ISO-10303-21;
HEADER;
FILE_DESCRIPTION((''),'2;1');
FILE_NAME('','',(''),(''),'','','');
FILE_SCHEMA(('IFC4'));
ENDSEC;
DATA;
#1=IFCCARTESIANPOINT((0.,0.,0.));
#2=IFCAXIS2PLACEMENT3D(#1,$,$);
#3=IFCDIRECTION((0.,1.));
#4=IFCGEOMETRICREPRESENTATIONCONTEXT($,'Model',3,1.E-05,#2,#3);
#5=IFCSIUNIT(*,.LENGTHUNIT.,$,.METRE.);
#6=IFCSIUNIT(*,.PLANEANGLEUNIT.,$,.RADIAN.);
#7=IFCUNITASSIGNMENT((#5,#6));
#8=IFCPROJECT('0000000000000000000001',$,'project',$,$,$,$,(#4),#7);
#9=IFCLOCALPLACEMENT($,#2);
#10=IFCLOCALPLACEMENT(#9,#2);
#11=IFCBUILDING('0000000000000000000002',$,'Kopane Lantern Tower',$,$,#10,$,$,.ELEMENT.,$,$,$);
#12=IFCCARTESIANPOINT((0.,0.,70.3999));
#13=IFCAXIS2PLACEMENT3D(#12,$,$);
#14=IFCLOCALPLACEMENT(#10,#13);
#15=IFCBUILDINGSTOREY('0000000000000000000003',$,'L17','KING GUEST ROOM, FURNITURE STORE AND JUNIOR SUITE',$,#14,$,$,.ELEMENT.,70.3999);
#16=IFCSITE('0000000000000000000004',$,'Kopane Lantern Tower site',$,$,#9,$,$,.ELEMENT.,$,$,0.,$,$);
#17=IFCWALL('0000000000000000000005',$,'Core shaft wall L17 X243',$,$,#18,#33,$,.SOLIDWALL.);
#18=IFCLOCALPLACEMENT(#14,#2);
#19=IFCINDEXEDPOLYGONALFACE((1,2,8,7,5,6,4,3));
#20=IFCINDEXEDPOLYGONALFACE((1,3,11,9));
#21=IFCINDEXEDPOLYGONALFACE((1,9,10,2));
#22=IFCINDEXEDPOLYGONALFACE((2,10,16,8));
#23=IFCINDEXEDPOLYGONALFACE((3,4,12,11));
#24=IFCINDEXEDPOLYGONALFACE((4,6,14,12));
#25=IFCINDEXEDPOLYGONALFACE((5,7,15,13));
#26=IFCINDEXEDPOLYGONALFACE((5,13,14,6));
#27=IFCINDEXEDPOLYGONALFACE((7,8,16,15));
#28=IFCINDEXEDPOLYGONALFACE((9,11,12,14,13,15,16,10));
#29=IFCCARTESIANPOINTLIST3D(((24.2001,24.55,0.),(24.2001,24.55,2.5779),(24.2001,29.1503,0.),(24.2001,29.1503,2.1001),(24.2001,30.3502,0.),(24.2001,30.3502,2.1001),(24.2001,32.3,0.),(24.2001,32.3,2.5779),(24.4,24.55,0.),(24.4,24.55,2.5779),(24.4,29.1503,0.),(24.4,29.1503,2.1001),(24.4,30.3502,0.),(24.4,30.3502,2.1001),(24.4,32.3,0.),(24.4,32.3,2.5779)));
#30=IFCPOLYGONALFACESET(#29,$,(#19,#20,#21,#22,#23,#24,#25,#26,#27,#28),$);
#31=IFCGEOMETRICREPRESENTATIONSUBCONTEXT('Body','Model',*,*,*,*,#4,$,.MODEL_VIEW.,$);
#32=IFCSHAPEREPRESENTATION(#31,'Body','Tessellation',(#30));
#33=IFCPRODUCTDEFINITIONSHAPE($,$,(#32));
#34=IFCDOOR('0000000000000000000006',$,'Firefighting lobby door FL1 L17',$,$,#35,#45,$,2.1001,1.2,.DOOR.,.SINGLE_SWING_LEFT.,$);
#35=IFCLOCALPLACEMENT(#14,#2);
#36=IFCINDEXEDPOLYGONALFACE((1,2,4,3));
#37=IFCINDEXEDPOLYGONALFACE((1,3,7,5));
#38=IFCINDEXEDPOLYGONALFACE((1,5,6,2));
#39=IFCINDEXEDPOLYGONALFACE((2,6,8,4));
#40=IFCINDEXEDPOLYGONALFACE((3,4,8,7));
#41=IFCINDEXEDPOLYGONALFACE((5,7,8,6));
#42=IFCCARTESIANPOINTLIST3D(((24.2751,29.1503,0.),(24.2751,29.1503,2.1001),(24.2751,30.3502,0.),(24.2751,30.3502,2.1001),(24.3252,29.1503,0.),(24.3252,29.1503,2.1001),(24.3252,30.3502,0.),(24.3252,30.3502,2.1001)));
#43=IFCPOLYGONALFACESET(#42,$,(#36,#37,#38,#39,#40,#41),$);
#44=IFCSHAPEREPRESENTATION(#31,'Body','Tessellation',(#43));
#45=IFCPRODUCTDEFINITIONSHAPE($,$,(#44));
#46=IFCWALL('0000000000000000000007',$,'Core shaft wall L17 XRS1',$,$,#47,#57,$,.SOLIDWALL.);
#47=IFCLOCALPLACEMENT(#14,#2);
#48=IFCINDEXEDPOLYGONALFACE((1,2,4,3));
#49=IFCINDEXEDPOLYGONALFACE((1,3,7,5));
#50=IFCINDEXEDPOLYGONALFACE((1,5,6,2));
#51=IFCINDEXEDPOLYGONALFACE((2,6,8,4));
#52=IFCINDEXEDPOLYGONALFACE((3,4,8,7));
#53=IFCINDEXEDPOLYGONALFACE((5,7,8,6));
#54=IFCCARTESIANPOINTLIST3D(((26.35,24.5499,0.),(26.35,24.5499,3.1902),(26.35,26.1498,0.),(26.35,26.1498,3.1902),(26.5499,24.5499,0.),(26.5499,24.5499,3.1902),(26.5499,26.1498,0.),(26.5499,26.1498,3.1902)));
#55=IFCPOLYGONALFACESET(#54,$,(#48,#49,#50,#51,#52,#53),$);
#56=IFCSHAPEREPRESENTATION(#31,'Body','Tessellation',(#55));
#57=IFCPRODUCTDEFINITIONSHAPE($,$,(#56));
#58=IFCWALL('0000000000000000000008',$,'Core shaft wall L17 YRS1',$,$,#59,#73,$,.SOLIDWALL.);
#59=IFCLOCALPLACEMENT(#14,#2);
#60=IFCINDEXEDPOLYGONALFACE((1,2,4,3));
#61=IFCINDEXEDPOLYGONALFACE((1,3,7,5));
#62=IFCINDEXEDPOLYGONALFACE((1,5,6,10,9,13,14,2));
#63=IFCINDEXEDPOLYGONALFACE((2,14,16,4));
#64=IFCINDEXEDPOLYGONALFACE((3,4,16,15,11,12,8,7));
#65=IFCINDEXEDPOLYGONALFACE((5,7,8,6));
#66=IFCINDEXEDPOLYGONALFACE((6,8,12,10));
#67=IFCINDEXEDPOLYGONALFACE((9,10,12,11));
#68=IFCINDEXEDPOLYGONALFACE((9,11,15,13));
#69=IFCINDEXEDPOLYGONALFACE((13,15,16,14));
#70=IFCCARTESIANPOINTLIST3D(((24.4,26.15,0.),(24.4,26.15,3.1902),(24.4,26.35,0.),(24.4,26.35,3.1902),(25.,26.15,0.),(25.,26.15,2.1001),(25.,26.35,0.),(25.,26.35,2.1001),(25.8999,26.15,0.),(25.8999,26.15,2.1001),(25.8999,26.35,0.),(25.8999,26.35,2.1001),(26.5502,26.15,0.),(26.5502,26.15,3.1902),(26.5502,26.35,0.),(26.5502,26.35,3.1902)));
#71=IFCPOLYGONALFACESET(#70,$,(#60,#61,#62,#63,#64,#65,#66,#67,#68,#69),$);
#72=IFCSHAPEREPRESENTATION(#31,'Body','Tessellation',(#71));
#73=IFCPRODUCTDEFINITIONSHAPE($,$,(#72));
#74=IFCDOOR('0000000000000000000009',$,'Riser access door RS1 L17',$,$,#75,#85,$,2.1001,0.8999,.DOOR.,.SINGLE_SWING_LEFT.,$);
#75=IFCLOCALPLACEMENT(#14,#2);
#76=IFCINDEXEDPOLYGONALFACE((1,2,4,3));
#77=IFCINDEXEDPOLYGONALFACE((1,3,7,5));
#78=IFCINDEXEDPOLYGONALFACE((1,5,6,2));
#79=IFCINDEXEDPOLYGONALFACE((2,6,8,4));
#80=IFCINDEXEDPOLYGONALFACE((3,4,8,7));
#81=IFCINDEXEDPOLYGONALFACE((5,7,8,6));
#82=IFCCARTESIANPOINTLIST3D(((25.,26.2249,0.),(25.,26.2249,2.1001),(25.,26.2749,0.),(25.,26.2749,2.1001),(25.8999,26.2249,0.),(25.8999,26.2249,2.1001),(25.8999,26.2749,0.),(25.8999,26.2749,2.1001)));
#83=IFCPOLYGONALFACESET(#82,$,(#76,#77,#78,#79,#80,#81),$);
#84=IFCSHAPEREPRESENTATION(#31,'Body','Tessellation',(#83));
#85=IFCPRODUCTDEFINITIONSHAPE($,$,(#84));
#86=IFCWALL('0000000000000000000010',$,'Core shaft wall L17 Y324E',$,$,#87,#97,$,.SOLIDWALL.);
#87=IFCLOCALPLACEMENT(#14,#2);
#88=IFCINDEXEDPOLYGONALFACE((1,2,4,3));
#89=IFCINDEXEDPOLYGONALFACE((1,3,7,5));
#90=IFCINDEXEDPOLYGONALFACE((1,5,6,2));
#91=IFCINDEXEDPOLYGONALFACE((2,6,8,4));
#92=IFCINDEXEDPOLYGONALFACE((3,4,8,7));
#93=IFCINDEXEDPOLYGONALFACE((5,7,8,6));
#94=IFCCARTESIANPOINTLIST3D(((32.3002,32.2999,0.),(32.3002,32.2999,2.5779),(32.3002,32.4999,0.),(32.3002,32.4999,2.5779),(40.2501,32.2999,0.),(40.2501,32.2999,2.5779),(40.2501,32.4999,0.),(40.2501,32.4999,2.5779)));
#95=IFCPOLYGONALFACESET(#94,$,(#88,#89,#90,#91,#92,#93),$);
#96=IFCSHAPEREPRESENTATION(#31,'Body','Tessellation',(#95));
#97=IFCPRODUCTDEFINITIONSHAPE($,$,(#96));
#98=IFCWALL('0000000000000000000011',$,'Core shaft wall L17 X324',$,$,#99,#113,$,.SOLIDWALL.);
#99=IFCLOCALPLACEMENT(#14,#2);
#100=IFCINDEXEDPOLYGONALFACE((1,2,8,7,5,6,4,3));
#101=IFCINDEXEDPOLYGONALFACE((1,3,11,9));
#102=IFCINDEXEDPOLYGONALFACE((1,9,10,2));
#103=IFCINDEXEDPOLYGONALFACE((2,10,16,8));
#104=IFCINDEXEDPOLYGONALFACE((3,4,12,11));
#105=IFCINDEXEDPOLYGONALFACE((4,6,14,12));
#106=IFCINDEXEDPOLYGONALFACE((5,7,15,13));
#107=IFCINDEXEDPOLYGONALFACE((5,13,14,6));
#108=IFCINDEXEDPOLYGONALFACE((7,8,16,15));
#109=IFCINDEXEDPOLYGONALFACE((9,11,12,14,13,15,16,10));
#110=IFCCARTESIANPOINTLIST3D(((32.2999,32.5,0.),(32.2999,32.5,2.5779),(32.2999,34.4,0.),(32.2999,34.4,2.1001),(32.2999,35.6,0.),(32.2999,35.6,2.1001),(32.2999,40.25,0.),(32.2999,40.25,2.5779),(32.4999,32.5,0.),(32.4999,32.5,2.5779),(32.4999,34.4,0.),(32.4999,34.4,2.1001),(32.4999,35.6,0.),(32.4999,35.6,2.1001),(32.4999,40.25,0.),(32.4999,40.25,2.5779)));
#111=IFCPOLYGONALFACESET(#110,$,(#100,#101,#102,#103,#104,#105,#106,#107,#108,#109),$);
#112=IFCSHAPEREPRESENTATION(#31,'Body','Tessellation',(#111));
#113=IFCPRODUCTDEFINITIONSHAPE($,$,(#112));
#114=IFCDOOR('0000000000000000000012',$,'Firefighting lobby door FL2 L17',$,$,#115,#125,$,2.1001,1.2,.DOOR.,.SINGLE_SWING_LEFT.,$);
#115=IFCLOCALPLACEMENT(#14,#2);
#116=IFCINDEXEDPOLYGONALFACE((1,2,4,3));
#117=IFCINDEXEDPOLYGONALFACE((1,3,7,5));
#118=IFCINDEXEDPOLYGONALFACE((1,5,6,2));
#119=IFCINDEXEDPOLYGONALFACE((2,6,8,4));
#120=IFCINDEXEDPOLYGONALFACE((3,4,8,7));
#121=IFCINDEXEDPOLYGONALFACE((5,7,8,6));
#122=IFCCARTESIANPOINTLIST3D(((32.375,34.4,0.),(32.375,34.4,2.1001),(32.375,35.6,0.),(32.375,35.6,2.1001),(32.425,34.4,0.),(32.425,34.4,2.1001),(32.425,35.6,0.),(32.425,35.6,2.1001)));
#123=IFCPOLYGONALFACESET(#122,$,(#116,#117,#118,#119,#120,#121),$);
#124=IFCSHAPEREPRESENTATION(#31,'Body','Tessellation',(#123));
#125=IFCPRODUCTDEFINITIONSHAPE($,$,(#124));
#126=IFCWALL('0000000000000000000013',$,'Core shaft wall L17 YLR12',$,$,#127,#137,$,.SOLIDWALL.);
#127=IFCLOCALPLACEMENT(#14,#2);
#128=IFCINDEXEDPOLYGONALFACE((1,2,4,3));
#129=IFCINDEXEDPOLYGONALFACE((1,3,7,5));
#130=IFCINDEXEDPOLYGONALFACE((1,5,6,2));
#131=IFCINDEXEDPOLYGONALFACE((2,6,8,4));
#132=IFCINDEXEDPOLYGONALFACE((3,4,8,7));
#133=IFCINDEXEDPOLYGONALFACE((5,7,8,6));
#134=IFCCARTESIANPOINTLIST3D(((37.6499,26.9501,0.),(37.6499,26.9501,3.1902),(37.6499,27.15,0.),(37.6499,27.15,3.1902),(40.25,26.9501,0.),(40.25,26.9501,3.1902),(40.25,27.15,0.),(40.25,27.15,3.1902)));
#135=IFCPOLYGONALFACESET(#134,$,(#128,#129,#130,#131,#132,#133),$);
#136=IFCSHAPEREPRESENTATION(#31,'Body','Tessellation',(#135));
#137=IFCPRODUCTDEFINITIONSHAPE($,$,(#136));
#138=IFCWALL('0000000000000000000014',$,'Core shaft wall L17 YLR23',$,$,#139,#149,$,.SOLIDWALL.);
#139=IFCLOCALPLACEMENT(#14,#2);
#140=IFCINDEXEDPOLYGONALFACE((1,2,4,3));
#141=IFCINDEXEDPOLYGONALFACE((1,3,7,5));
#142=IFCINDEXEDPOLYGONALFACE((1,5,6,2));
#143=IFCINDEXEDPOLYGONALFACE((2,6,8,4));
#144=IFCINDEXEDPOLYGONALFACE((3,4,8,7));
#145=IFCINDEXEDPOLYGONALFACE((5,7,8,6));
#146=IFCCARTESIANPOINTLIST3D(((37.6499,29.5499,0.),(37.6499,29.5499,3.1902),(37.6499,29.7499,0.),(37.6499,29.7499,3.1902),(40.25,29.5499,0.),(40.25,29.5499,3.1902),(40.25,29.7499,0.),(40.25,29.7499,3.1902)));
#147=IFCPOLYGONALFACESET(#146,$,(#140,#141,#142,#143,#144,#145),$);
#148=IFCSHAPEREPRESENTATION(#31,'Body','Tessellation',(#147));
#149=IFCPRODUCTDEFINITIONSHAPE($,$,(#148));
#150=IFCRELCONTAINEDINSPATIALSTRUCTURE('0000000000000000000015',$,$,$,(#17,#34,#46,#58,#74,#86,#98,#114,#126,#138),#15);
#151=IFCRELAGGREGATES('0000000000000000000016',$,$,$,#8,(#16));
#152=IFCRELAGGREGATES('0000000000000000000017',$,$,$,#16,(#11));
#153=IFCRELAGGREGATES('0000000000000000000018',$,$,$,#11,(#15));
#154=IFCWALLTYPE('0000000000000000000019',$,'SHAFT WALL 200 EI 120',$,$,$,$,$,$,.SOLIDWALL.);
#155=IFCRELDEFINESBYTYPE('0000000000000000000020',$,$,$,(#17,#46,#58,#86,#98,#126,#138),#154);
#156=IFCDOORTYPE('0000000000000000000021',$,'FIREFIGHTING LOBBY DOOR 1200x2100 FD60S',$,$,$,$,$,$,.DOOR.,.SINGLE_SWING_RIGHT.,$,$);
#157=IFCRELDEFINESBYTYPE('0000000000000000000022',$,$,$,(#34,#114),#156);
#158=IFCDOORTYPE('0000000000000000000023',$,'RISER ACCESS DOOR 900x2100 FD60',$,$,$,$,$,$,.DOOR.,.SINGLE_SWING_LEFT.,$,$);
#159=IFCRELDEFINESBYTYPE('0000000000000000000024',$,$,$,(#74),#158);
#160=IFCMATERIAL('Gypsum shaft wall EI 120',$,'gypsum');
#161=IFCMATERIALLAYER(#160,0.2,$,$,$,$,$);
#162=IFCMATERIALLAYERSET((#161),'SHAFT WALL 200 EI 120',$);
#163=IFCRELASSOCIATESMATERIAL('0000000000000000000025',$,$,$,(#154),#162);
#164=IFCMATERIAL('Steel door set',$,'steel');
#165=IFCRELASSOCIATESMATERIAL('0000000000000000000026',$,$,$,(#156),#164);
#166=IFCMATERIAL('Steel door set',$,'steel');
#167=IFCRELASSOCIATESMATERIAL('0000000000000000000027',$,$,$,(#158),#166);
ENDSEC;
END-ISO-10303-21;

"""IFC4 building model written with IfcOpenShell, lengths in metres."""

from ifc_helpers import new_model, si_unit, direction, frame, frame_2d, origin, place, context, subcontext, project, spatial, rectangle, extrude, material, layer, layer_set, type_object, element, fill, save


model = new_model("IFC4")

# Units and contexts
model_context = context("Model", 3, precision=1e-05, world=origin(), true_north=direction((0.0, 1.0)))
body_context = subcontext(model_context, "Body", "Model", "MODEL_VIEW")
ifc_project = project(units=[si_unit("LENGTHUNIT", "METRE"), si_unit("PLANEANGLEUNIT", "RADIAN")], contexts=[model_context])

# Site, building, storey
site_placement = place(None, origin())
site = spatial("IfcSite", under=ifc_project, at=site_placement, Name="Kopane Lantern Tower site", CompositionType="ELEMENT", RefElevation=0.0)
building_placement = place(site_placement, origin())
building = spatial("IfcBuilding", under=site, at=building_placement, Name="Kopane Lantern Tower", CompositionType="ELEMENT")
storey_placement = place(building_placement, frame((0.0, 0.0, 70.3999)))
storey = spatial("IfcBuildingStorey", under=building, at=storey_placement, Name="L17", Description="KING GUEST ROOM, FURNITURE STORE AND JUNIOR SUITE", CompositionType="ELEMENT", Elevation=70.3999)

# Wall, opening, door
ifc_material_1 = material(Name="Gypsum shaft wall EI 120", Category="gypsum")
ifc_layer_1 = layer(ifc_material_1, 0.2)
ifc_layer_set_1 = layer_set([ifc_layer_1], Name="SHAFT WALL 200 EI 120")
wall_type_1 = type_object("IfcWallType", Name="SHAFT WALL 200 EI 120", PredefinedType="SOLIDWALL", material=ifc_layer_set_1)
wall_1_placement = place(storey_placement, frame((24.3, 24.55, 0.0), z_axis=(0.0, 0.0, 1.0), x_axis=(0.0, 1.0, 0.0)))
wall_1 = element("IfcWall", 1, at=wall_1_placement, inside=storey, type_object=wall_type_1, Name="Core shaft wall L17 X243", PredefinedType="SOLIDWALL", context=body_context, shape_type="SweptSolid", body=[
    extrude(rectangle(XDim=7.75, YDim=0.2, at=frame_2d((3.875, 0.0))), origin(), (0.0, 0.0, 1.0), 2.5779),
])
opening_1_placement = place(wall_1_placement, frame((4.6001, 0.0, 0.0)))
opening_1 = element("IfcOpeningElement", 2, at=opening_1_placement, cuts=wall_1, PredefinedType="OPENING", context=body_context, shape_type="SweptSolid", body=[
    extrude(rectangle(XDim=1.2, YDim=2.1001, at=frame_2d((0.6001, 1.05))), frame((0.0, 0.1099, 0.0), z_axis=(0.0, -1.0, 0.0), x_axis=(1.0, 0.0, 0.0)), (0.0, 0.0, 1.0), 0.22),
])
ifc_material_2 = material(Name="Steel door set", Category="steel")
door_type_1 = type_object("IfcDoorType", Name="FIREFIGHTING LOBBY DOOR 1200x2100 FD60S", OperationType="SINGLE_SWING_RIGHT", PredefinedType="DOOR", material=ifc_material_2)
door_1_placement = place(opening_1_placement, origin())
door_1 = element("IfcDoor", 3, at=door_1_placement, inside=storey, type_object=door_type_1, Name="Firefighting lobby door FL1 L17", OperationType="SINGLE_SWING_LEFT", OverallHeight=2.1001, OverallWidth=1.2, PredefinedType="DOOR", context=body_context, shape_type="SweptSolid", body=[
    extrude(rectangle(XDim=1.2, YDim=2.1001, at=frame_2d((0.6001, 1.05))), frame((0.0, 0.0249, 0.0), z_axis=(0.0, -1.0, 0.0), x_axis=(1.0, 0.0, 0.0)), (0.0, 0.0, 1.0), 0.05),
])
fill(opening_1, door_1)

# Wall
wall_2_placement = place(storey_placement, frame((26.45, 24.55, 0.0), z_axis=(0.0, 0.0, 1.0), x_axis=(0.0, 1.0, 0.0)))
element("IfcWall", 4, at=wall_2_placement, inside=storey, type_object=wall_type_1, Name="Core shaft wall L17 XRS1", PredefinedType="SOLIDWALL", context=body_context, shape_type="SweptSolid", body=[
    extrude(rectangle(XDim=1.5999, YDim=0.2, at=frame_2d((0.7998, 0.0))), origin(), (0.0, 0.0, 1.0), 3.1902),
])

# Wall, opening, door
wall_3_placement = place(storey_placement, frame((24.3999, 26.25, 0.0), z_axis=(0.0, 0.0, 1.0), x_axis=(1.0, 0.0, 0.0)))
wall_3 = element("IfcWall", 5, at=wall_3_placement, inside=storey, type_object=wall_type_1, Name="Core shaft wall L17 YRS1", PredefinedType="SOLIDWALL", context=body_context, shape_type="SweptSolid", body=[
    extrude(rectangle(XDim=2.1501, YDim=0.2, at=frame_2d((1.0752, 0.0))), origin(), (0.0, 0.0, 1.0), 3.1902),
])
opening_2_placement = place(wall_3_placement, frame((0.6001, 0.0, 0.0)))
opening_2 = element("IfcOpeningElement", 6, at=opening_2_placement, cuts=wall_3, PredefinedType="OPENING", context=body_context, shape_type="SweptSolid", body=[
    extrude(rectangle(XDim=0.8999, YDim=2.1001, at=frame_2d((0.45, 1.05))), frame((0.0, 0.1099, 0.0), z_axis=(0.0, -1.0, 0.0), x_axis=(1.0, 0.0, 0.0)), (0.0, 0.0, 1.0), 0.22),
])
ifc_material_3 = material(Name="Steel door set", Category="steel")
door_type_2 = type_object("IfcDoorType", Name="RISER ACCESS DOOR 900x2100 FD60", OperationType="SINGLE_SWING_LEFT", PredefinedType="DOOR", material=ifc_material_3)
door_2_placement = place(opening_2_placement, origin())
door_2 = element("IfcDoor", 7, at=door_2_placement, inside=storey, type_object=door_type_2, Name="Riser access door RS1 L17", OperationType="SINGLE_SWING_LEFT", OverallHeight=2.1001, OverallWidth=0.8999, PredefinedType="DOOR", context=body_context, shape_type="SweptSolid", body=[
    extrude(rectangle(XDim=0.8999, YDim=2.1001, at=frame_2d((0.45, 1.05))), frame((0.0, 0.0249, 0.0), z_axis=(0.0, -1.0, 0.0), x_axis=(1.0, 0.0, 0.0)), (0.0, 0.0, 1.0), 0.05),
])
fill(opening_2, door_2)

# Wall
wall_4_placement = place(storey_placement, frame((32.3, 32.3999, 0.0), z_axis=(0.0, 0.0, 1.0), x_axis=(1.0, 0.0, 0.0)))
element("IfcWall", 8, at=wall_4_placement, inside=storey, type_object=wall_type_1, Name="Core shaft wall L17 Y324E", PredefinedType="SOLIDWALL", context=body_context, shape_type="SweptSolid", body=[
    extrude(rectangle(XDim=7.95, YDim=0.2, at=frame_2d((3.9751, 0.0))), origin(), (0.0, 0.0, 1.0), 2.5779),
])

# Wall, opening, door
wall_5_placement = place(storey_placement, frame((32.3999, 32.5, 0.0), z_axis=(0.0, 0.0, 1.0), x_axis=(0.0, 1.0, 0.0)))
wall_5 = element("IfcWall", 9, at=wall_5_placement, inside=storey, type_object=wall_type_1, Name="Core shaft wall L17 X324", PredefinedType="SOLIDWALL", context=body_context, shape_type="SweptSolid", body=[
    extrude(rectangle(XDim=7.75, YDim=0.2, at=frame_2d((3.875, 0.0))), origin(), (0.0, 0.0, 1.0), 2.5779),
])
opening_3_placement = place(wall_5_placement, frame((1.8999, 0.0, 0.0)))
opening_3 = element("IfcOpeningElement", 10, at=opening_3_placement, cuts=wall_5, PredefinedType="OPENING", context=body_context, shape_type="SweptSolid", body=[
    extrude(rectangle(XDim=1.2, YDim=2.1001, at=frame_2d((0.6001, 1.05))), frame((0.0, 0.1099, 0.0), z_axis=(0.0, -1.0, 0.0), x_axis=(1.0, 0.0, 0.0)), (0.0, 0.0, 1.0), 0.22),
])
door_3_placement = place(opening_3_placement, origin())
door_3 = element("IfcDoor", 11, at=door_3_placement, inside=storey, type_object=door_type_1, Name="Firefighting lobby door FL2 L17", OperationType="SINGLE_SWING_LEFT", OverallHeight=2.1001, OverallWidth=1.2, PredefinedType="DOOR", context=body_context, shape_type="SweptSolid", body=[
    extrude(rectangle(XDim=1.2, YDim=2.1001, at=frame_2d((0.6001, 1.05))), frame((0.0, 0.0249, 0.0), z_axis=(0.0, -1.0, 0.0), x_axis=(1.0, 0.0, 0.0)), (0.0, 0.0, 1.0), 0.05),
])
fill(opening_3, door_3)

# Walls
for number, where, z_axis, x_axis, name in (
    (12, (37.6499, 27.05, 0.0), (0.0, 0.0, 1.0), (1.0, 0.0, 0.0), "Core shaft wall L17 YLR12"),
    (13, (37.6499, 29.6499, 0.0), (0.0, 0.0, 1.0), (1.0, 0.0, 0.0), "Core shaft wall L17 YLR23"),
):
    element("IfcWall", number, at=place(storey_placement, frame(where, z_axis=z_axis, x_axis=x_axis)), inside=storey, type_object=wall_type_1, Name=name, PredefinedType="SOLIDWALL", context=body_context, shape_type="SweptSolid", body=[
        extrude(rectangle(XDim=2.6001, YDim=0.2, at=frame_2d((1.3, 0.0))), origin(), (0.0, 0.0, 1.0), 3.1902),
    ])

save(model, "model.ifc")
